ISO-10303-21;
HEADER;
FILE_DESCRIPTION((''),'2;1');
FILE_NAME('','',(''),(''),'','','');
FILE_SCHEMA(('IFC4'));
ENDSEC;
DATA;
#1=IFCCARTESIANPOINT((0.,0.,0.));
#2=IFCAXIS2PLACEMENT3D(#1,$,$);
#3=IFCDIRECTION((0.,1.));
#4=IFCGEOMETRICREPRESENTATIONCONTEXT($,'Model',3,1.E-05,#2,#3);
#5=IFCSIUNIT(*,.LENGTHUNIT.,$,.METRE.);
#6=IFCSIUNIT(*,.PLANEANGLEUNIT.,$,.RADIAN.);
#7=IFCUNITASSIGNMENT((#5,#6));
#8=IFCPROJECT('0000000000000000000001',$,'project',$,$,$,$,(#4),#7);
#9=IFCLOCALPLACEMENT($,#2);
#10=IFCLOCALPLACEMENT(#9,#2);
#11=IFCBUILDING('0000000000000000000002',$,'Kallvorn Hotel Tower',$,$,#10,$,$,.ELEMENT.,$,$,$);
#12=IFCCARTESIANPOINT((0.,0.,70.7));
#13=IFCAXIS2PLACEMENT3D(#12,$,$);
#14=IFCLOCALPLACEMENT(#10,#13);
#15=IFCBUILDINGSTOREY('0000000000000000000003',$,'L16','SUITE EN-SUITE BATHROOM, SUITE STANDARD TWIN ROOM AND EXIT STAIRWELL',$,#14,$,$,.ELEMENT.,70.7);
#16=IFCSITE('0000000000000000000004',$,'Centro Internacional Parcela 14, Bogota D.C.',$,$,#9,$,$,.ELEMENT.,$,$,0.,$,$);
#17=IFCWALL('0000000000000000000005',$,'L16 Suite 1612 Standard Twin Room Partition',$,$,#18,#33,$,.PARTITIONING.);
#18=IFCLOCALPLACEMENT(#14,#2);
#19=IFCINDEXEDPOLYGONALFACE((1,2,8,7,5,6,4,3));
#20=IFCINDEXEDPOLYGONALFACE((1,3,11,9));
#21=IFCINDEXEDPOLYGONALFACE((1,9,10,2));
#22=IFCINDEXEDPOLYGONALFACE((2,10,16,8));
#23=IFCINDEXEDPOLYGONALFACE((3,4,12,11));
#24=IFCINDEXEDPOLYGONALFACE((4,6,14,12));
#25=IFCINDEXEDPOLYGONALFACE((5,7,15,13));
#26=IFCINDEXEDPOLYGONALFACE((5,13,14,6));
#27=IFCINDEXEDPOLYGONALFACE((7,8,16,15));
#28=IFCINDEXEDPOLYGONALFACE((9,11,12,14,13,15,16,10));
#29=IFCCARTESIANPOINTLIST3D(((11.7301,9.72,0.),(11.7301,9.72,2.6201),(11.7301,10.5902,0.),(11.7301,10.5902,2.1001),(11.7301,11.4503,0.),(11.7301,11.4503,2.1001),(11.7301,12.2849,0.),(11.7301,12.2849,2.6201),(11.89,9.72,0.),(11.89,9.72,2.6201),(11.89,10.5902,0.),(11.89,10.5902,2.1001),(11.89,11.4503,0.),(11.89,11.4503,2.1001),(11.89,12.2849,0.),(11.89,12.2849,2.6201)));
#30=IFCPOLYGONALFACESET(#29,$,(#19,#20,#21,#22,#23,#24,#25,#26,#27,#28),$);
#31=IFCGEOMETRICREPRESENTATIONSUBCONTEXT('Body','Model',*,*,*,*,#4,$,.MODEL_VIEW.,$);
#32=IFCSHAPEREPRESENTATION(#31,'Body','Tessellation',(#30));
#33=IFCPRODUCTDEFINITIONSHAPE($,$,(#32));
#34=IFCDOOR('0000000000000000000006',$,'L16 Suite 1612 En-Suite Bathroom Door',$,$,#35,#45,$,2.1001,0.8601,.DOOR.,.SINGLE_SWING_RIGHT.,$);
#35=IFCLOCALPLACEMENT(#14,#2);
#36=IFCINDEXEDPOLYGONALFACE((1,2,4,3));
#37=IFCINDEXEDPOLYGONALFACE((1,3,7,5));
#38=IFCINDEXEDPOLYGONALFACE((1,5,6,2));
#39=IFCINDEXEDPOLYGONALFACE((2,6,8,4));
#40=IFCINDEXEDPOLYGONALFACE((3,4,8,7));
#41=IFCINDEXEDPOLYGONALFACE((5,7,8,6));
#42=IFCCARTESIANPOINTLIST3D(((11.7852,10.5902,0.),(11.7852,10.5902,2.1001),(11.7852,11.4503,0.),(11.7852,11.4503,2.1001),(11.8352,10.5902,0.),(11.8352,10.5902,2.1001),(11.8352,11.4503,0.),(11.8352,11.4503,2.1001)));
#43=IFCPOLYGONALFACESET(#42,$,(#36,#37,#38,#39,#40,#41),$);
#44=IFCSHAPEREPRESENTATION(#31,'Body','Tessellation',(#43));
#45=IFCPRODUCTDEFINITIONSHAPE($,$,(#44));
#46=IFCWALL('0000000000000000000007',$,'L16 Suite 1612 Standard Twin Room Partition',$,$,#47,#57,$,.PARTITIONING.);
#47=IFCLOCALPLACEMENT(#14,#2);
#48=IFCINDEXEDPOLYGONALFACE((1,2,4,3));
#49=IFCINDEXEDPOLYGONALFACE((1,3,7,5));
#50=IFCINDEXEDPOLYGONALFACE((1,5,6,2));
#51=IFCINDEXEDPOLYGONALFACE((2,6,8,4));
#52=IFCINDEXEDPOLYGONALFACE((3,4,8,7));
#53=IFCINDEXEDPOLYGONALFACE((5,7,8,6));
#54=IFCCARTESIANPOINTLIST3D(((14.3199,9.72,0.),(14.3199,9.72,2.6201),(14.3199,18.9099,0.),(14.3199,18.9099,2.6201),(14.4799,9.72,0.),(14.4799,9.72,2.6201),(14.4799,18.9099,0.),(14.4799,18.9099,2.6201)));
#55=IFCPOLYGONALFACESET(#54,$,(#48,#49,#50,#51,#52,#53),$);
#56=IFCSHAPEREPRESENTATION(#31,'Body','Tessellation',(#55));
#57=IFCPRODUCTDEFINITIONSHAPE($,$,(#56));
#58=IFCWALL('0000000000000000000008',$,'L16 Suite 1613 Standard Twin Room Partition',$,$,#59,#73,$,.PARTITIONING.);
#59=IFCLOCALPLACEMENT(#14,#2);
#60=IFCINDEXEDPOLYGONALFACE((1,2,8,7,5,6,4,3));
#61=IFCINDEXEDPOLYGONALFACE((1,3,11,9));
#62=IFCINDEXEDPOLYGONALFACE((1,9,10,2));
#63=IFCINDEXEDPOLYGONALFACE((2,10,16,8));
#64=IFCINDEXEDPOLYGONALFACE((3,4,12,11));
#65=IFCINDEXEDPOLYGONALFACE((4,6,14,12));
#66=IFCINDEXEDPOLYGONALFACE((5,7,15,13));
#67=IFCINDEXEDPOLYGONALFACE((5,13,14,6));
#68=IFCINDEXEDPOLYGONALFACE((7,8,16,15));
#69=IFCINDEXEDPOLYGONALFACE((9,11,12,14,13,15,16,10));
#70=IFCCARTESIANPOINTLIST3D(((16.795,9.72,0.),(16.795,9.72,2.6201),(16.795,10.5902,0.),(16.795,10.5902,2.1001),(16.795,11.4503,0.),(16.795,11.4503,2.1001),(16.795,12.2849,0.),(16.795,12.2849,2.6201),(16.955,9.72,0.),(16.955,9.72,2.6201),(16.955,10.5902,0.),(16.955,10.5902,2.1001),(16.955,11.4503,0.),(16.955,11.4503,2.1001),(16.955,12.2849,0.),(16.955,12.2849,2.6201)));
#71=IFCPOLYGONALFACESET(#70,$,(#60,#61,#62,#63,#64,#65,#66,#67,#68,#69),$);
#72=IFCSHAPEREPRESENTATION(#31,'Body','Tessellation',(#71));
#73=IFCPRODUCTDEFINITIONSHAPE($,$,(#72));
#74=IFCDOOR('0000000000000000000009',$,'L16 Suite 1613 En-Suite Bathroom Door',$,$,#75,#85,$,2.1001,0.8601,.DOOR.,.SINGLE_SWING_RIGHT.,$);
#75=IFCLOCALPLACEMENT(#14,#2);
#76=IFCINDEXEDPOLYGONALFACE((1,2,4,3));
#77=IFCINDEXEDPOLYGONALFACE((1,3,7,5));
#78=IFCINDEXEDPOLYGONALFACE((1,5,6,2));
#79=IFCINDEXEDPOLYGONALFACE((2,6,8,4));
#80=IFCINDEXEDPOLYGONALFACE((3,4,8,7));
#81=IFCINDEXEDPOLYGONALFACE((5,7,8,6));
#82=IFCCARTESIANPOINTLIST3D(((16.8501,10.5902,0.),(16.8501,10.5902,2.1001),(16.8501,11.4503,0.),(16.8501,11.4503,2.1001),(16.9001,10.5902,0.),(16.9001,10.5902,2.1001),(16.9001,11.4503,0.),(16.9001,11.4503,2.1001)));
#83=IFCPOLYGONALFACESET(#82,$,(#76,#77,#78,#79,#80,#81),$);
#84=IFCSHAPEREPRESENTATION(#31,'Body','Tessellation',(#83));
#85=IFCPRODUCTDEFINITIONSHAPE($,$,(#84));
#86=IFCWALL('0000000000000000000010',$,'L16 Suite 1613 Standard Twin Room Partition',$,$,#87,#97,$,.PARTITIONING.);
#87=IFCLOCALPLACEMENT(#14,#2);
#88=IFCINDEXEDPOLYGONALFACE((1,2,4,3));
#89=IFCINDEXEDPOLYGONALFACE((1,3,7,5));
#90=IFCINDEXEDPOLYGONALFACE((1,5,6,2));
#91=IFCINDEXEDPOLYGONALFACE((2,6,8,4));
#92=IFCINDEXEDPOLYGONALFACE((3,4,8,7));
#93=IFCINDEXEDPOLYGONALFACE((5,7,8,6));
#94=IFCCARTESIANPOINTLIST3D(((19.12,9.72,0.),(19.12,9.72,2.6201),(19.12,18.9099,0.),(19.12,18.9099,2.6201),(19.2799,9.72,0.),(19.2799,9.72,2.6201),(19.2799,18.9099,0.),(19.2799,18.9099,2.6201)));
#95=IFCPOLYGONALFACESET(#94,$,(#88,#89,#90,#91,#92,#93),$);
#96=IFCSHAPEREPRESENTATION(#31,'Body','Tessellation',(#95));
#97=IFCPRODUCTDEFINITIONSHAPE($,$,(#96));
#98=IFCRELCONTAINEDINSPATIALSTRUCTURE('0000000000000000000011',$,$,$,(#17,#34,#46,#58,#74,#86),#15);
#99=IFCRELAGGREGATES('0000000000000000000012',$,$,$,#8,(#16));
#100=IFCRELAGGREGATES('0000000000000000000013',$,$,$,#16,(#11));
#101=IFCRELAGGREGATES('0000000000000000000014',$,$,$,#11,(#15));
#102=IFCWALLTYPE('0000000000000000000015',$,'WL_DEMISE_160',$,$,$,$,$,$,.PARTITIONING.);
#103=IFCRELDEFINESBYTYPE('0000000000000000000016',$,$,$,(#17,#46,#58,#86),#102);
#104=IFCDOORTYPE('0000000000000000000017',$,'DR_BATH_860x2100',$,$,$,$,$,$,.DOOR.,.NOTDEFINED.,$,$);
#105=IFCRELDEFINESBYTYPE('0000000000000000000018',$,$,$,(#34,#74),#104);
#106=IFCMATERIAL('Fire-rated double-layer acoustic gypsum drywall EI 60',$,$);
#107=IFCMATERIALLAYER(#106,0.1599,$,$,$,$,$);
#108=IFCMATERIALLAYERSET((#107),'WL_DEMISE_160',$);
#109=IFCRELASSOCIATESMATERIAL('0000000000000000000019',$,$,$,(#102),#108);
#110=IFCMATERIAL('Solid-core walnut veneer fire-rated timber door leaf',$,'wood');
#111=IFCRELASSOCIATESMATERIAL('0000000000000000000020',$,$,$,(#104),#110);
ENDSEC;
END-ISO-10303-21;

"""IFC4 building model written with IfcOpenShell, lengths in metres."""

from ifc_helpers import new_model, si_unit, direction, frame, frame_2d, origin, place, context, subcontext, project, spatial, rectangle, extrude, material, layer, layer_set, type_object, element, fill, save


model = new_model("IFC4")

# Units and contexts
model_context = context("Model", 3, precision=1e-05, world=origin(), true_north=direction((0.0, 1.0)))
body_context = subcontext(model_context, "Body", "Model", "MODEL_VIEW")
ifc_project = project(units=[si_unit("LENGTHUNIT", "METRE"), si_unit("PLANEANGLEUNIT", "RADIAN")], contexts=[model_context])

# Site, building, storey
site_placement = place(None, origin())
site = spatial("IfcSite", under=ifc_project, at=site_placement, Name="Centro Internacional Parcela 14, Bogota D.C.", CompositionType="ELEMENT", RefElevation=0.0)
building_placement = place(site_placement, origin())
building = spatial("IfcBuilding", under=site, at=building_placement, Name="Kallvorn Hotel Tower", CompositionType="ELEMENT")
storey_placement = place(building_placement, frame((0.0, 0.0, 70.7)))
storey = spatial("IfcBuildingStorey", under=building, at=storey_placement, Name="L16", Description="SUITE EN-SUITE BATHROOM, SUITE STANDARD TWIN ROOM AND EXIT STAIRWELL", CompositionType="ELEMENT", Elevation=70.7)

# Shared definitions
ifc_material_1 = material(Name="Fire-rated double-layer acoustic gypsum drywall EI 60")
ifc_layer = layer(ifc_material_1, 0.1599)
ifc_layer_set = layer_set([ifc_layer], Name="WL_DEMISE_160")
wall_type = type_object("IfcWallType", Name="WL_DEMISE_160", PredefinedType="PARTITIONING", material=ifc_layer_set)

# Wall, opening, door
wall_1_placement = place(storey_placement, frame((11.8101, 9.72, 0.0), z_axis=(0.0, 0.0, 1.0), x_axis=(0.0, 1.0, 0.0)))
wall_1 = element("IfcWall", 1, at=wall_1_placement, inside=storey, type_object=wall_type, Name="L16 Suite 1612 Standard Twin Room Partition", PredefinedType="PARTITIONING", context=body_context, shape_type="SweptSolid", body=[
    extrude(rectangle(XDim=2.5649, YDim=0.1599, at=frame_2d((1.2825, 0.0))), origin(), (0.0, 0.0, 1.0), 2.6201),
])
opening_1_placement = place(wall_1_placement, frame((0.8701, 0.0, 0.0)))
opening_1 = element("IfcOpeningElement", 2, at=opening_1_placement, cuts=wall_1, PredefinedType="OPENING", context=body_context, shape_type="SweptSolid", body=[
    extrude(rectangle(XDim=0.8601, YDim=2.1001, at=frame_2d((0.4302, 1.05))), frame((0.0, 0.095, 0.0), z_axis=(0.0, -1.0, 0.0), x_axis=(1.0, 0.0, 0.0)), (0.0, 0.0, 1.0), 0.1899),
])
ifc_material_2 = material(Name="Solid-core walnut veneer fire-rated timber door leaf", Category="wood")
door_type = type_object("IfcDoorType", Name="DR_BATH_860x2100", OperationType="NOTDEFINED", PredefinedType="DOOR", material=ifc_material_2)
door_1_placement = place(opening_1_placement, origin())
door_1 = element("IfcDoor", 3, at=door_1_placement, inside=storey, type_object=door_type, Name="L16 Suite 1612 En-Suite Bathroom Door", OperationType="SINGLE_SWING_RIGHT", OverallHeight=2.1001, OverallWidth=0.8601, PredefinedType="DOOR", context=body_context, shape_type="SweptSolid", body=[
    extrude(rectangle(XDim=0.8601, YDim=2.1001, at=frame_2d((0.4302, 1.05))), frame((0.0, 0.0249, 0.0), z_axis=(0.0, -1.0, 0.0), x_axis=(1.0, 0.0, 0.0)), (0.0, 0.0, 1.0), 0.05),
])
fill(opening_1, door_1)

# Wall
wall_2_placement = place(storey_placement, frame((14.3999, 9.72, 0.0), z_axis=(0.0, 0.0, 1.0), x_axis=(0.0, 1.0, 0.0)))
element("IfcWall", 4, at=wall_2_placement, inside=storey, type_object=wall_type, Name="L16 Suite 1612 Standard Twin Room Partition", PredefinedType="PARTITIONING", context=body_context, shape_type="SweptSolid", body=[
    extrude(rectangle(XDim=9.1899, YDim=0.1599, at=frame_2d((4.595, 0.0))), origin(), (0.0, 0.0, 1.0), 2.6201),
])

# Wall, opening, door
wall_3_placement = place(storey_placement, frame((16.875, 9.72, 0.0), z_axis=(0.0, 0.0, 1.0), x_axis=(0.0, 1.0, 0.0)))
wall_3 = element("IfcWall", 5, at=wall_3_placement, inside=storey, type_object=wall_type, Name="L16 Suite 1613 Standard Twin Room Partition", PredefinedType="PARTITIONING", context=body_context, shape_type="SweptSolid", body=[
    extrude(rectangle(XDim=2.5649, YDim=0.1599, at=frame_2d((1.2825, 0.0))), origin(), (0.0, 0.0, 1.0), 2.6201),
])
opening_2_placement = place(wall_3_placement, frame((0.8701, 0.0, 0.0)))
opening_2 = element("IfcOpeningElement", 6, at=opening_2_placement, cuts=wall_3, PredefinedType="OPENING", context=body_context, shape_type="SweptSolid", body=[
    extrude(rectangle(XDim=0.8601, YDim=2.1001, at=frame_2d((0.4302, 1.05))), frame((0.0, 0.095, 0.0), z_axis=(0.0, -1.0, 0.0), x_axis=(1.0, 0.0, 0.0)), (0.0, 0.0, 1.0), 0.1899),
])
door_2_placement = place(opening_2_placement, origin())
door_2 = element("IfcDoor", 7, at=door_2_placement, inside=storey, type_object=door_type, Name="L16 Suite 1613 En-Suite Bathroom Door", OperationType="SINGLE_SWING_RIGHT", OverallHeight=2.1001, OverallWidth=0.8601, PredefinedType="DOOR", context=body_context, shape_type="SweptSolid", body=[
    extrude(rectangle(XDim=0.8601, YDim=2.1001, at=frame_2d((0.4302, 1.05))), frame((0.0, 0.0249, 0.0), z_axis=(0.0, -1.0, 0.0), x_axis=(1.0, 0.0, 0.0)), (0.0, 0.0, 1.0), 0.05),
])
fill(opening_2, door_2)

# Wall
wall_4_placement = place(storey_placement, frame((19.2, 9.72, 0.0), z_axis=(0.0, 0.0, 1.0), x_axis=(0.0, 1.0, 0.0)))
element("IfcWall", 8, at=wall_4_placement, inside=storey, type_object=wall_type, Name="L16 Suite 1613 Standard Twin Room Partition", PredefinedType="PARTITIONING", context=body_context, shape_type="SweptSolid", body=[
    extrude(rectangle(XDim=9.1899, YDim=0.1599, at=frame_2d((4.595, 0.0))), origin(), (0.0, 0.0, 1.0), 2.6201),
])

save(model, "model.ifc")
